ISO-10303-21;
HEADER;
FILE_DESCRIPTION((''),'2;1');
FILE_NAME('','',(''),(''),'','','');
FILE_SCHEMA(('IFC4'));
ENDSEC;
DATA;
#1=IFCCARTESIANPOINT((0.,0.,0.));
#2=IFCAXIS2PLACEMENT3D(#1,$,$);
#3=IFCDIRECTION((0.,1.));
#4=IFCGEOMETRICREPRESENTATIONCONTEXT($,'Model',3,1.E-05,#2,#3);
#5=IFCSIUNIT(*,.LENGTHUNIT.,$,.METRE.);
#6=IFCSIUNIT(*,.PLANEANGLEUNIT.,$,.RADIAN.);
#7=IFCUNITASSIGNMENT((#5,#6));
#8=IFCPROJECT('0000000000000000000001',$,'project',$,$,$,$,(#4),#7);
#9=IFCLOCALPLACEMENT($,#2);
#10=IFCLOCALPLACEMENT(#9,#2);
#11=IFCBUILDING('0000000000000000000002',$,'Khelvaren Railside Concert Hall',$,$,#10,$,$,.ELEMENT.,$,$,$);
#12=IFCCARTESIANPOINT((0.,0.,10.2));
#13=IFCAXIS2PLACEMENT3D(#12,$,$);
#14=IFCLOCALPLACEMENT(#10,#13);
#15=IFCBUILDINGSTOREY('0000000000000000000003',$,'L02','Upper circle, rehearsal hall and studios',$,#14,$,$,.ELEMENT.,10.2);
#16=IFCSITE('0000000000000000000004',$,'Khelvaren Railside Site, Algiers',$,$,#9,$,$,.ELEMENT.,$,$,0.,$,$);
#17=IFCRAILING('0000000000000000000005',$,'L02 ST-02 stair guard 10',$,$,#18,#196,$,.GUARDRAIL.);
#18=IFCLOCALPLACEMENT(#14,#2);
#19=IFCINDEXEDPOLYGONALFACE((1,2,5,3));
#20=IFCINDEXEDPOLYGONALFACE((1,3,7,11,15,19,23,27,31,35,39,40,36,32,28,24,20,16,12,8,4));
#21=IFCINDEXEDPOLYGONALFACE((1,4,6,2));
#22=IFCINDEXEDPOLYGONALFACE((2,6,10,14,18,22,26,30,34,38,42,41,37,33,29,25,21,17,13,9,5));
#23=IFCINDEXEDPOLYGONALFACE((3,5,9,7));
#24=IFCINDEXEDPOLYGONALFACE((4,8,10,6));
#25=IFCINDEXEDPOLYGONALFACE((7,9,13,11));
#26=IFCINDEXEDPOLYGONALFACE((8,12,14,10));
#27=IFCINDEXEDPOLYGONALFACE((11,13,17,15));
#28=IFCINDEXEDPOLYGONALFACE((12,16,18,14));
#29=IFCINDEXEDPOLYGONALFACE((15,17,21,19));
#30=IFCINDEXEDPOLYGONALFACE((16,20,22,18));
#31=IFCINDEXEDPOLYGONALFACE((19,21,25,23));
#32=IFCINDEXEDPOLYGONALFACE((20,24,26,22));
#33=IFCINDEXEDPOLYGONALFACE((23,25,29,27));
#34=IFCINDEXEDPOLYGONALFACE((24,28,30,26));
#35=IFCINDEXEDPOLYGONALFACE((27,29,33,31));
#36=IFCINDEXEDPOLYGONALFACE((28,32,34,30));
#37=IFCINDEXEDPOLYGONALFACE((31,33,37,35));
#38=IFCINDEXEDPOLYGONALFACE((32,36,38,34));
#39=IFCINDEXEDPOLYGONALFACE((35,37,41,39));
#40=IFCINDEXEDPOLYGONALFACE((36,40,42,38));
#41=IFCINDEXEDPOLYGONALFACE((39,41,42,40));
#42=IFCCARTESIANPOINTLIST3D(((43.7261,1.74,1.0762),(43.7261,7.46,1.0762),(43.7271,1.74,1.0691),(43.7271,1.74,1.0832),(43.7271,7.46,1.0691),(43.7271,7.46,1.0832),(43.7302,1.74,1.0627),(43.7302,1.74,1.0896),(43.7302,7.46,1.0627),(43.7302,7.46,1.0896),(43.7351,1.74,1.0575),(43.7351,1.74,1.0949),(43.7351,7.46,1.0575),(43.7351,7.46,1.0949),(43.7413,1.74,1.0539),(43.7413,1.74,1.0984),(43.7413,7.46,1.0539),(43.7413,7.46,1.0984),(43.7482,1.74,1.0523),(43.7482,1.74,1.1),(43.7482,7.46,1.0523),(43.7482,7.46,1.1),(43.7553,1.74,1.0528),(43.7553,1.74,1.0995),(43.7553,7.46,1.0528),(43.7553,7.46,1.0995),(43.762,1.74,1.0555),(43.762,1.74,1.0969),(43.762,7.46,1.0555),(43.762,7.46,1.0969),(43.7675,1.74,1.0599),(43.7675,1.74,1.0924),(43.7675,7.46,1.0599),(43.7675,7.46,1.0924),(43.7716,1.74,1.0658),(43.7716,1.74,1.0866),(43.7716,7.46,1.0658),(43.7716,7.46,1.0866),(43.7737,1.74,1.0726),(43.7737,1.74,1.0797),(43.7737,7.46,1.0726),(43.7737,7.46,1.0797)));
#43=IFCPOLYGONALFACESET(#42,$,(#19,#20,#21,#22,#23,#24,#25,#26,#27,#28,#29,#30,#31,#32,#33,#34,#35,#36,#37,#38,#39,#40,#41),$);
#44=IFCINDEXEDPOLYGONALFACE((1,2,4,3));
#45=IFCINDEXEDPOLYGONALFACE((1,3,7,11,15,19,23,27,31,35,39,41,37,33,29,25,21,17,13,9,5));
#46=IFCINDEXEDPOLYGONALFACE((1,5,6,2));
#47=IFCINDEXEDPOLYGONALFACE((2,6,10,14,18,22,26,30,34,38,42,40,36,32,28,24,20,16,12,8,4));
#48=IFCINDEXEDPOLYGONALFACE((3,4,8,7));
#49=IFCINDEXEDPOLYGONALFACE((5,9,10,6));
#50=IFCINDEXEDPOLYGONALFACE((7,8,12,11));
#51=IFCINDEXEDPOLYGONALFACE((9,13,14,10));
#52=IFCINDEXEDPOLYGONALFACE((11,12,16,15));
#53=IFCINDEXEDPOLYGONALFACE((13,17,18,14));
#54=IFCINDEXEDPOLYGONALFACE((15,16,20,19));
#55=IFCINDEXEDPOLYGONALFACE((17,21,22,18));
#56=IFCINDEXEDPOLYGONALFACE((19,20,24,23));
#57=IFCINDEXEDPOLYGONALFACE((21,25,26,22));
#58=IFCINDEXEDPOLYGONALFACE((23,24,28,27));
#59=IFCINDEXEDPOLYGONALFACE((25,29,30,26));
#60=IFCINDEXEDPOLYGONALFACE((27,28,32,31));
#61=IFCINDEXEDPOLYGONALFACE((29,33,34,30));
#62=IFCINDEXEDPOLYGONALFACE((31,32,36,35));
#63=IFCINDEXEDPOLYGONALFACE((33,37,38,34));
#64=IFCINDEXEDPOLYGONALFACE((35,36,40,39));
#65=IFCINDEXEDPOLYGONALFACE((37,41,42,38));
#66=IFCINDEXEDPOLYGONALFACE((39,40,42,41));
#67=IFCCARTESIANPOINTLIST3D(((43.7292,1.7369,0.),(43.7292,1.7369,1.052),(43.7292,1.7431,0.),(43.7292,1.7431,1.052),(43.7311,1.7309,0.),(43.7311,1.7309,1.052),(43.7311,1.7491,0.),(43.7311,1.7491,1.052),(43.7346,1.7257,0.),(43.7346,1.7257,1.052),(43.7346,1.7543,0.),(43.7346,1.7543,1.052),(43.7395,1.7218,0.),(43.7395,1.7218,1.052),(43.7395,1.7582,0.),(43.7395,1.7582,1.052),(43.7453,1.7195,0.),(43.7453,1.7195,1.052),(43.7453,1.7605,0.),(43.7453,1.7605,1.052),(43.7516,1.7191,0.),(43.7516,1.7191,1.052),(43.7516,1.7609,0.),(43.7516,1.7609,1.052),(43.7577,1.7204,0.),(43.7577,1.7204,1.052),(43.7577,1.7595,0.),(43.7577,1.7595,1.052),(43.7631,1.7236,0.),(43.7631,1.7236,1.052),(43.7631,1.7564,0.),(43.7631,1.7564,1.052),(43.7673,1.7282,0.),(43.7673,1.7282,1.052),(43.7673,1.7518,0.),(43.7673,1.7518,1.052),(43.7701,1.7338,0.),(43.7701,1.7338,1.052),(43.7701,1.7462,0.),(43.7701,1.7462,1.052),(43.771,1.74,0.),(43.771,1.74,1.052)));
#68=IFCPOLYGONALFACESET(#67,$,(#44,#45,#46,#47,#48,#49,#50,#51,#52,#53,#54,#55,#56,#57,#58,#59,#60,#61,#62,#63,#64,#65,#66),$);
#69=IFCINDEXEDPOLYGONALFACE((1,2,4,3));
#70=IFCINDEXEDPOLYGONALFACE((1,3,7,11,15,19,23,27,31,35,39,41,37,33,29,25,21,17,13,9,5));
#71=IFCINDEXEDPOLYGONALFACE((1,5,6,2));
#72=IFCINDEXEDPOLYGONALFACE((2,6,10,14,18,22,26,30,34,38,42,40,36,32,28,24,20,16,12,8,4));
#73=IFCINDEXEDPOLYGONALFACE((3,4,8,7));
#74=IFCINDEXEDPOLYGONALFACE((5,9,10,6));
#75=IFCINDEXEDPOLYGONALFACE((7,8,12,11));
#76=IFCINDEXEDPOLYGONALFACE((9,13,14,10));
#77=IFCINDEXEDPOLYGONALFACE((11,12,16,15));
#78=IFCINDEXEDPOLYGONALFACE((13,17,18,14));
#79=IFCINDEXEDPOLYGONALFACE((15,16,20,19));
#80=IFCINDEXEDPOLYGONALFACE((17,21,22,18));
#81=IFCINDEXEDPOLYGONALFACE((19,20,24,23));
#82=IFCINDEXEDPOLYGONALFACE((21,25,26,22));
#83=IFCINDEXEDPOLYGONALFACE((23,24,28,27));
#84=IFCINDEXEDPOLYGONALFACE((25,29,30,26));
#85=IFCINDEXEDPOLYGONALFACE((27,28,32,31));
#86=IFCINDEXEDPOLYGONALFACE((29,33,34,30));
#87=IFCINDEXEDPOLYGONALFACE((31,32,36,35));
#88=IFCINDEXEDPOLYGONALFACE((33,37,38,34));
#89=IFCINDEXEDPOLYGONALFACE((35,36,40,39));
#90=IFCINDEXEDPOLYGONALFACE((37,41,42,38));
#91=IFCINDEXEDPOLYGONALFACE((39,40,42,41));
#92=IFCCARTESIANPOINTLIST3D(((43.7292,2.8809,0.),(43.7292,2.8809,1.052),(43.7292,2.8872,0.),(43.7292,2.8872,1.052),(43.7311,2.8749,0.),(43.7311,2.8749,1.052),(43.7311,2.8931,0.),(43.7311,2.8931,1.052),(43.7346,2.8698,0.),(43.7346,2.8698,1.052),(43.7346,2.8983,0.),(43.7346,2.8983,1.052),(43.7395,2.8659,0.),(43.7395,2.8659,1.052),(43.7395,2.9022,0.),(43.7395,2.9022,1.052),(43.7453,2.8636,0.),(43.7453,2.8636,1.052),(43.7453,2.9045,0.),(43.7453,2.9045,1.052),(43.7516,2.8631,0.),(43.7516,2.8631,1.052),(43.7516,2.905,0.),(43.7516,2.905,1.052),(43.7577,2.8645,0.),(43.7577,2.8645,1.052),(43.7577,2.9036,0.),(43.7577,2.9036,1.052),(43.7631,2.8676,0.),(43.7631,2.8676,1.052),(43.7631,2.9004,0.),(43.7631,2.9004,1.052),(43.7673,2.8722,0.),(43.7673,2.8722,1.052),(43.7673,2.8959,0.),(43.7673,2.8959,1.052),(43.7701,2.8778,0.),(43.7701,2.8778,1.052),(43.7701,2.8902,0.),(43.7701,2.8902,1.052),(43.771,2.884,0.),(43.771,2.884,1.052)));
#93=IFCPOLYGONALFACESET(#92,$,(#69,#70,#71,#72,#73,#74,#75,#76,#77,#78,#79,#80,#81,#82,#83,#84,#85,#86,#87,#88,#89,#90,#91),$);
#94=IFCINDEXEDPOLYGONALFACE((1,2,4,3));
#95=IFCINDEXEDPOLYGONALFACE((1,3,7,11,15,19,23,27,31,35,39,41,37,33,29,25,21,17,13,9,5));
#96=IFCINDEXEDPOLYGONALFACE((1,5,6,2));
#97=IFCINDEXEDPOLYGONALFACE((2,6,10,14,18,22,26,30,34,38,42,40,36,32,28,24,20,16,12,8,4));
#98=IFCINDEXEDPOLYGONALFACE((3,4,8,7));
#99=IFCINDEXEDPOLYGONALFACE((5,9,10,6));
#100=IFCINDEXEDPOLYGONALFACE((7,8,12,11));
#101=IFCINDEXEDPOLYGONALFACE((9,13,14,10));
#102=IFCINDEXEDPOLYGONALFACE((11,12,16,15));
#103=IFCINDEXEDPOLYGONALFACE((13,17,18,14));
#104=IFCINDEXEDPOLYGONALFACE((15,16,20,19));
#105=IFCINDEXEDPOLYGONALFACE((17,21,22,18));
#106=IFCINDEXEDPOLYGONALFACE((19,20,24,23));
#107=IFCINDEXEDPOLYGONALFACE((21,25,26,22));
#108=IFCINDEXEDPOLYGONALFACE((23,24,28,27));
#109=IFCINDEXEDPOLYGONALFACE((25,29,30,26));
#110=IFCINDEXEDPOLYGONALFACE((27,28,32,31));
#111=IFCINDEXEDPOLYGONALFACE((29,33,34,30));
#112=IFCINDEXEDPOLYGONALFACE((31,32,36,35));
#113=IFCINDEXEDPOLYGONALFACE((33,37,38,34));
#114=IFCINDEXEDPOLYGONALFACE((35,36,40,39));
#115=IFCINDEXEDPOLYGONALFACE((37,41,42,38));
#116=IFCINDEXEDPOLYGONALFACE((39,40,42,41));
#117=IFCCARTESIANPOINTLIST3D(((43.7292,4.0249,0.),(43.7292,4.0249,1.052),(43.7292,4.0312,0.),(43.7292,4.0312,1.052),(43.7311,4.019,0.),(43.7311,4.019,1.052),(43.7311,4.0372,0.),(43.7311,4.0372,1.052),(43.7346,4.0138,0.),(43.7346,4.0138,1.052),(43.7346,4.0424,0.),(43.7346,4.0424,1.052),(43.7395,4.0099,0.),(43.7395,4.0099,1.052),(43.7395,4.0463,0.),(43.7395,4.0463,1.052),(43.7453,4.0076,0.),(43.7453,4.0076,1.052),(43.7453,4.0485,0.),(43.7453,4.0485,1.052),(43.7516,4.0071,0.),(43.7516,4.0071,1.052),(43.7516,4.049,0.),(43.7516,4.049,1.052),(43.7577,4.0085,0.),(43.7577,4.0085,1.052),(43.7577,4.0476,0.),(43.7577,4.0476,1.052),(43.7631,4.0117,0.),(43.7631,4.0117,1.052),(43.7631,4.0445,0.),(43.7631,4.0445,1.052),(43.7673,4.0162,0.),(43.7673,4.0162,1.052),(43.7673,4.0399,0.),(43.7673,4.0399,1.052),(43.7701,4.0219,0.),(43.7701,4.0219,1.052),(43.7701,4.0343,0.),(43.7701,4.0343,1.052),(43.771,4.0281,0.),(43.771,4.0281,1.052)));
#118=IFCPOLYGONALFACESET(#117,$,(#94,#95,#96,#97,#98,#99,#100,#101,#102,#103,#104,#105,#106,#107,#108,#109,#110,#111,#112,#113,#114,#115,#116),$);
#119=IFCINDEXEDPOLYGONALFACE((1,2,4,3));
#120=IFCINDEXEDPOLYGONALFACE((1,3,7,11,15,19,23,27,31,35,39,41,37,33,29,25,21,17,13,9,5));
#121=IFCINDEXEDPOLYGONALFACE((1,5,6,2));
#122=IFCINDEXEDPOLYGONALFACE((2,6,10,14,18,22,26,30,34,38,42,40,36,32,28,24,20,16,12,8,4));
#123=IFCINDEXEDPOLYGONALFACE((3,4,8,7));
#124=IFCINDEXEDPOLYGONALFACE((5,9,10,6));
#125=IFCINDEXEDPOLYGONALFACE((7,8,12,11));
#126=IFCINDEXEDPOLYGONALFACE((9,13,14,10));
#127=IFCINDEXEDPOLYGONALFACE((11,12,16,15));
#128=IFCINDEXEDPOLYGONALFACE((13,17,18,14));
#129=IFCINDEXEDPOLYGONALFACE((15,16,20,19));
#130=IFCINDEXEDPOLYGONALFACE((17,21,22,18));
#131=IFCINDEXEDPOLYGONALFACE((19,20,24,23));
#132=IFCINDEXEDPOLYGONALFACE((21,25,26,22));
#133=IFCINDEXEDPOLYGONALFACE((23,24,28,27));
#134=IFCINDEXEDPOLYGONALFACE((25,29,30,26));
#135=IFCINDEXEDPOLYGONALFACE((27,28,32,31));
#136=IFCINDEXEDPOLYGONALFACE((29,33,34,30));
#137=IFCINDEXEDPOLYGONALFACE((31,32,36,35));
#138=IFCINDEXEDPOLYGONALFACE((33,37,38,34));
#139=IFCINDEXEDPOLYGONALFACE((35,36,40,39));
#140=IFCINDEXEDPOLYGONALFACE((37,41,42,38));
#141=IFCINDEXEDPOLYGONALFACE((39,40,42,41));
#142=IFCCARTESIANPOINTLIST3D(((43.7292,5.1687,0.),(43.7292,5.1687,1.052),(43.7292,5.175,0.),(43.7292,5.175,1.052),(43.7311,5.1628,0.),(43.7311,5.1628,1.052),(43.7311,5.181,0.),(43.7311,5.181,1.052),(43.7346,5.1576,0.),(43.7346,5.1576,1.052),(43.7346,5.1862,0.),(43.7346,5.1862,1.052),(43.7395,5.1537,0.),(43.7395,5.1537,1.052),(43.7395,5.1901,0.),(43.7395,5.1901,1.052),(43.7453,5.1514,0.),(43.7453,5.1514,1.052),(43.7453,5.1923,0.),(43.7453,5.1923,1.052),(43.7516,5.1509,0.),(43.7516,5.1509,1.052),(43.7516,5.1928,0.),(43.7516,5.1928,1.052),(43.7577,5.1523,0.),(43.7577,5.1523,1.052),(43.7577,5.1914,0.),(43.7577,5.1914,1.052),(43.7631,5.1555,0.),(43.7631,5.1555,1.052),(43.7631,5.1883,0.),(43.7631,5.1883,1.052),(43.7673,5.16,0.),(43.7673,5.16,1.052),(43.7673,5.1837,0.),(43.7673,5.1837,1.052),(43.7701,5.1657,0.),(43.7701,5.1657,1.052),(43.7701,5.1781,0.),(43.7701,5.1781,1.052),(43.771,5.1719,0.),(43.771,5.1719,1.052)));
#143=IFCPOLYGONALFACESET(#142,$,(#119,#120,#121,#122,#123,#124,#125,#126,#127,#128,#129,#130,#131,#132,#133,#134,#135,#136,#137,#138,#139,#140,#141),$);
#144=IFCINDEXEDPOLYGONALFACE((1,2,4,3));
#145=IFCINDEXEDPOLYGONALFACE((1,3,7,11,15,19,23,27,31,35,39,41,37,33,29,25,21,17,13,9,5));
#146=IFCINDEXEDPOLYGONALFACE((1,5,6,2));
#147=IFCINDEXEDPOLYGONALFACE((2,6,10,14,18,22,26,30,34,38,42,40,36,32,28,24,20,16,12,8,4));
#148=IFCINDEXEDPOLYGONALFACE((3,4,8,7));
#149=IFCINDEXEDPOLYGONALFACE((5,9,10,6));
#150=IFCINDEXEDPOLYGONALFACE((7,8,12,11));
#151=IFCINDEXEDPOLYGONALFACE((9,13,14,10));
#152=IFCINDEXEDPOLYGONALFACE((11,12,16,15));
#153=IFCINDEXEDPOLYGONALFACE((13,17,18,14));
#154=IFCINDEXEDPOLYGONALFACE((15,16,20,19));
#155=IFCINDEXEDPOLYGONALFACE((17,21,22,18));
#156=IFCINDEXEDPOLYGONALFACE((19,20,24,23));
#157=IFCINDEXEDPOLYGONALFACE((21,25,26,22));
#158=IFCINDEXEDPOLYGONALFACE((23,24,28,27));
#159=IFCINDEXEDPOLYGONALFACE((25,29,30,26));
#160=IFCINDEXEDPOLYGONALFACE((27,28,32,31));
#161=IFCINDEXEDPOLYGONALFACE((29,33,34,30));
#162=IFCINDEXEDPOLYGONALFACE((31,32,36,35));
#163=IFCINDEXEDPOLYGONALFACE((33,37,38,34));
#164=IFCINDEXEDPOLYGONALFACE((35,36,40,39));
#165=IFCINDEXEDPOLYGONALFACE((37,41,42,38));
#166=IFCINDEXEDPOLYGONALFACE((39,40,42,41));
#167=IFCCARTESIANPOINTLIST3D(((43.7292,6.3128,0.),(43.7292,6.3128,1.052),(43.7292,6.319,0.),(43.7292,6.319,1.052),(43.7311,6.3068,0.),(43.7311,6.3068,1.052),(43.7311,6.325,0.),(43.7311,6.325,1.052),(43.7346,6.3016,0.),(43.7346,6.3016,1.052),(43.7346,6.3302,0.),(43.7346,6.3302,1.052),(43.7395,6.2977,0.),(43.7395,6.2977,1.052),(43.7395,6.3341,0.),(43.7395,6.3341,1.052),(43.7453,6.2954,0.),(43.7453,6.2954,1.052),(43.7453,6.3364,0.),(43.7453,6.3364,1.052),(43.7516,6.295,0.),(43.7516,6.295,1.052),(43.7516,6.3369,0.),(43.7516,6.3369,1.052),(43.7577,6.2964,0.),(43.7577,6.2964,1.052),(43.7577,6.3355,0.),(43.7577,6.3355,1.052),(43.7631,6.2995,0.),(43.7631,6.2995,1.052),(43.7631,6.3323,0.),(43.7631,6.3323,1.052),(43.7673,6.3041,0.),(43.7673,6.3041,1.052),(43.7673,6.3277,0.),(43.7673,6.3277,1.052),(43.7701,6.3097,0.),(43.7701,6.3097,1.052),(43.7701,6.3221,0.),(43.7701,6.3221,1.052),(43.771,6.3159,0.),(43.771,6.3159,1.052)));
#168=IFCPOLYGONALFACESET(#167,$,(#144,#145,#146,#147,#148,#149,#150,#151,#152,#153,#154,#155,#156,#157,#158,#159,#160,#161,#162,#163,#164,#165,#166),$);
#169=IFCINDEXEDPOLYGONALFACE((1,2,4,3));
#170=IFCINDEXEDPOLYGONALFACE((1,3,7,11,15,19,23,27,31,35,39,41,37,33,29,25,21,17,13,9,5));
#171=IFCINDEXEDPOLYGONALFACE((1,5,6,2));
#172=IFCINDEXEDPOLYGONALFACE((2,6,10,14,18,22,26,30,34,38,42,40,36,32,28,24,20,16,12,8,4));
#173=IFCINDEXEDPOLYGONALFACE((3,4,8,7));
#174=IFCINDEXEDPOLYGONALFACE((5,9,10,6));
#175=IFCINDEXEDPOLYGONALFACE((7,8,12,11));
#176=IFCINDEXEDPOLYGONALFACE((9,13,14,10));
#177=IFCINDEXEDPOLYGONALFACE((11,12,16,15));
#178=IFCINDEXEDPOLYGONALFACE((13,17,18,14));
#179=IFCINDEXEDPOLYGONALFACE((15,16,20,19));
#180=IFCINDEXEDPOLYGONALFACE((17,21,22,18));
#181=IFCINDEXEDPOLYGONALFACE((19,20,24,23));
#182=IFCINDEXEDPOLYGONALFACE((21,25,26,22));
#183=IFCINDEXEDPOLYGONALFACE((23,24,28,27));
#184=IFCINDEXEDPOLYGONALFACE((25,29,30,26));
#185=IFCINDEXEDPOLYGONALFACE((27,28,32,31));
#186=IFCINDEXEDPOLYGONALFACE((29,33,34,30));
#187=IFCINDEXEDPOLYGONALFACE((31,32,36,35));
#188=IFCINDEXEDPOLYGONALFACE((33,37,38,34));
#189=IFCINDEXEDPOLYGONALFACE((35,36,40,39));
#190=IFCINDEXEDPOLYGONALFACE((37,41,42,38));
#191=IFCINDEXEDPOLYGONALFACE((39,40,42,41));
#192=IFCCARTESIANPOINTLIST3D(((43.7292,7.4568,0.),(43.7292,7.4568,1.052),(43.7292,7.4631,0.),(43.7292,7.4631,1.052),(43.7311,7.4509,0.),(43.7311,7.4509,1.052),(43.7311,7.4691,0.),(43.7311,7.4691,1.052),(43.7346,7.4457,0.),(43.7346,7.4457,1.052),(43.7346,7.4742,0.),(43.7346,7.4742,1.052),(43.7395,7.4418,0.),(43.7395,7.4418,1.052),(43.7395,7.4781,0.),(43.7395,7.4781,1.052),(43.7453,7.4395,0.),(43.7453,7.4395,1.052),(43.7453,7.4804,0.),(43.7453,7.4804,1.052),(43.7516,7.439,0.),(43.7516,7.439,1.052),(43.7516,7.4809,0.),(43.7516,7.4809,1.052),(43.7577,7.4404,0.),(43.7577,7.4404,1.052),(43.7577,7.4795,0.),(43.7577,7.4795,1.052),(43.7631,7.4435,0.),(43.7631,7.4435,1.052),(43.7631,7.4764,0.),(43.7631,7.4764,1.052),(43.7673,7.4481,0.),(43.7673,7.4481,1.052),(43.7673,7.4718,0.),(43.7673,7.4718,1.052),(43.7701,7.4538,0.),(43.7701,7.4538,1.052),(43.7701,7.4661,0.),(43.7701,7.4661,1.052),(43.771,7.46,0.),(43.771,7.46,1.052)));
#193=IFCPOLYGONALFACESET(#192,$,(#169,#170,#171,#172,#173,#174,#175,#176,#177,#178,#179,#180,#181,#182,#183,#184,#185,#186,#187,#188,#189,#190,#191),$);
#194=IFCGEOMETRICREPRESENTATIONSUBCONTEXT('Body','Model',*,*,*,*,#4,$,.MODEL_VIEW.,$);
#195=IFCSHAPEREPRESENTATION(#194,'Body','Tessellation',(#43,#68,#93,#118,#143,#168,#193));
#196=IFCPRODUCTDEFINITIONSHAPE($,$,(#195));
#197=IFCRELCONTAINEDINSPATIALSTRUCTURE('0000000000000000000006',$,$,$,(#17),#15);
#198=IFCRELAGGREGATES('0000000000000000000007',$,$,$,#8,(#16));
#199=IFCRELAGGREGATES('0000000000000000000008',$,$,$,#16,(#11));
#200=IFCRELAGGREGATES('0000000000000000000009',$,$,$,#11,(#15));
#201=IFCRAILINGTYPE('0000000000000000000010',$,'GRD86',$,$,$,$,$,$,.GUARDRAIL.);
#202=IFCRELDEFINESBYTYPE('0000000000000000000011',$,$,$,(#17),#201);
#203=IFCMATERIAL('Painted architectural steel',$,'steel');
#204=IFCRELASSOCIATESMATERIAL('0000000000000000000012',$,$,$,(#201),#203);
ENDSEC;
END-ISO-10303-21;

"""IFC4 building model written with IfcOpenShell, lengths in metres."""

from ifc_helpers import new_model, si_unit, direction, frame, origin, origin_2d, place, context, subcontext, project, spatial, circle, extrude, material, type_object, element, save


model = new_model("IFC4")

# Units and contexts
model_context = context("Model", 3, precision=1e-05, world=origin(), true_north=direction((0.0, 1.0)))
body_context = subcontext(model_context, "Body", "Model", "MODEL_VIEW")
ifc_project = project(units=[si_unit("LENGTHUNIT", "METRE"), si_unit("PLANEANGLEUNIT", "RADIAN")], contexts=[model_context])

# Site, building, storey
site_placement = place(None, origin())
site = spatial("IfcSite", under=ifc_project, at=site_placement, Name="Khelvaren Railside Site, Algiers", CompositionType="ELEMENT", RefElevation=0.0)
building_placement = place(site_placement, origin())
building = spatial("IfcBuilding", under=site, at=building_placement, Name="Khelvaren Railside Concert Hall", CompositionType="ELEMENT")
storey_placement = place(building_placement, frame((0.0, 0.0, 10.2)))
storey = spatial("IfcBuildingStorey", under=building, at=storey_placement, Name="L02", Description="Upper circle, rehearsal hall and studios", CompositionType="ELEMENT", Elevation=10.2)

# Railing
ifc_material_1 = material(Name="Painted architectural steel", Category="steel")
railing_type = type_object("IfcRailingType", Name="GRD86", PredefinedType="GUARDRAIL", material=ifc_material_1)
railing_1_placement = place(storey_placement, frame((43.75, 1.74, 0.0)))
element("IfcRailing", 1, at=railing_1_placement, inside=storey, type_object=railing_type, Name="L02 ST-02 stair guard 10", PredefinedType="GUARDRAIL", context=body_context, shape_type="SweptSolid", body=[
    extrude(circle(Radius=0.0239, at=origin_2d()), frame((0.0, 0.0, 1.0762), z_axis=(0.0, 1.0, 0.0), x_axis=(-1.0, 0.0, 0.0)), (0.0, 0.0, 1.0), 5.72),
    extrude(circle(Radius=0.021, at=origin_2d()), origin(), (0.0, 0.0, 1.0), 1.052),
    extrude(circle(Radius=0.021, at=origin_2d()), frame((0.0, 1.144, 0.0)), (0.0, 0.0, 1.0), 1.052),
    extrude(circle(Radius=0.021, at=origin_2d()), frame((0.0, 2.2881, 0.0)), (0.0, 0.0, 1.0), 1.052),
    extrude(circle(Radius=0.021, at=origin_2d()), frame((0.0, 3.4319, 0.0)), (0.0, 0.0, 1.0), 1.052),
    extrude(circle(Radius=0.021, at=origin_2d()), frame((0.0, 4.5759, 0.0)), (0.0, 0.0, 1.0), 1.052),
    extrude(circle(Radius=0.021, at=origin_2d()), frame((0.0, 5.72, 0.0)), (0.0, 0.0, 1.0), 1.052),
])

save(model, "model.ifc")
